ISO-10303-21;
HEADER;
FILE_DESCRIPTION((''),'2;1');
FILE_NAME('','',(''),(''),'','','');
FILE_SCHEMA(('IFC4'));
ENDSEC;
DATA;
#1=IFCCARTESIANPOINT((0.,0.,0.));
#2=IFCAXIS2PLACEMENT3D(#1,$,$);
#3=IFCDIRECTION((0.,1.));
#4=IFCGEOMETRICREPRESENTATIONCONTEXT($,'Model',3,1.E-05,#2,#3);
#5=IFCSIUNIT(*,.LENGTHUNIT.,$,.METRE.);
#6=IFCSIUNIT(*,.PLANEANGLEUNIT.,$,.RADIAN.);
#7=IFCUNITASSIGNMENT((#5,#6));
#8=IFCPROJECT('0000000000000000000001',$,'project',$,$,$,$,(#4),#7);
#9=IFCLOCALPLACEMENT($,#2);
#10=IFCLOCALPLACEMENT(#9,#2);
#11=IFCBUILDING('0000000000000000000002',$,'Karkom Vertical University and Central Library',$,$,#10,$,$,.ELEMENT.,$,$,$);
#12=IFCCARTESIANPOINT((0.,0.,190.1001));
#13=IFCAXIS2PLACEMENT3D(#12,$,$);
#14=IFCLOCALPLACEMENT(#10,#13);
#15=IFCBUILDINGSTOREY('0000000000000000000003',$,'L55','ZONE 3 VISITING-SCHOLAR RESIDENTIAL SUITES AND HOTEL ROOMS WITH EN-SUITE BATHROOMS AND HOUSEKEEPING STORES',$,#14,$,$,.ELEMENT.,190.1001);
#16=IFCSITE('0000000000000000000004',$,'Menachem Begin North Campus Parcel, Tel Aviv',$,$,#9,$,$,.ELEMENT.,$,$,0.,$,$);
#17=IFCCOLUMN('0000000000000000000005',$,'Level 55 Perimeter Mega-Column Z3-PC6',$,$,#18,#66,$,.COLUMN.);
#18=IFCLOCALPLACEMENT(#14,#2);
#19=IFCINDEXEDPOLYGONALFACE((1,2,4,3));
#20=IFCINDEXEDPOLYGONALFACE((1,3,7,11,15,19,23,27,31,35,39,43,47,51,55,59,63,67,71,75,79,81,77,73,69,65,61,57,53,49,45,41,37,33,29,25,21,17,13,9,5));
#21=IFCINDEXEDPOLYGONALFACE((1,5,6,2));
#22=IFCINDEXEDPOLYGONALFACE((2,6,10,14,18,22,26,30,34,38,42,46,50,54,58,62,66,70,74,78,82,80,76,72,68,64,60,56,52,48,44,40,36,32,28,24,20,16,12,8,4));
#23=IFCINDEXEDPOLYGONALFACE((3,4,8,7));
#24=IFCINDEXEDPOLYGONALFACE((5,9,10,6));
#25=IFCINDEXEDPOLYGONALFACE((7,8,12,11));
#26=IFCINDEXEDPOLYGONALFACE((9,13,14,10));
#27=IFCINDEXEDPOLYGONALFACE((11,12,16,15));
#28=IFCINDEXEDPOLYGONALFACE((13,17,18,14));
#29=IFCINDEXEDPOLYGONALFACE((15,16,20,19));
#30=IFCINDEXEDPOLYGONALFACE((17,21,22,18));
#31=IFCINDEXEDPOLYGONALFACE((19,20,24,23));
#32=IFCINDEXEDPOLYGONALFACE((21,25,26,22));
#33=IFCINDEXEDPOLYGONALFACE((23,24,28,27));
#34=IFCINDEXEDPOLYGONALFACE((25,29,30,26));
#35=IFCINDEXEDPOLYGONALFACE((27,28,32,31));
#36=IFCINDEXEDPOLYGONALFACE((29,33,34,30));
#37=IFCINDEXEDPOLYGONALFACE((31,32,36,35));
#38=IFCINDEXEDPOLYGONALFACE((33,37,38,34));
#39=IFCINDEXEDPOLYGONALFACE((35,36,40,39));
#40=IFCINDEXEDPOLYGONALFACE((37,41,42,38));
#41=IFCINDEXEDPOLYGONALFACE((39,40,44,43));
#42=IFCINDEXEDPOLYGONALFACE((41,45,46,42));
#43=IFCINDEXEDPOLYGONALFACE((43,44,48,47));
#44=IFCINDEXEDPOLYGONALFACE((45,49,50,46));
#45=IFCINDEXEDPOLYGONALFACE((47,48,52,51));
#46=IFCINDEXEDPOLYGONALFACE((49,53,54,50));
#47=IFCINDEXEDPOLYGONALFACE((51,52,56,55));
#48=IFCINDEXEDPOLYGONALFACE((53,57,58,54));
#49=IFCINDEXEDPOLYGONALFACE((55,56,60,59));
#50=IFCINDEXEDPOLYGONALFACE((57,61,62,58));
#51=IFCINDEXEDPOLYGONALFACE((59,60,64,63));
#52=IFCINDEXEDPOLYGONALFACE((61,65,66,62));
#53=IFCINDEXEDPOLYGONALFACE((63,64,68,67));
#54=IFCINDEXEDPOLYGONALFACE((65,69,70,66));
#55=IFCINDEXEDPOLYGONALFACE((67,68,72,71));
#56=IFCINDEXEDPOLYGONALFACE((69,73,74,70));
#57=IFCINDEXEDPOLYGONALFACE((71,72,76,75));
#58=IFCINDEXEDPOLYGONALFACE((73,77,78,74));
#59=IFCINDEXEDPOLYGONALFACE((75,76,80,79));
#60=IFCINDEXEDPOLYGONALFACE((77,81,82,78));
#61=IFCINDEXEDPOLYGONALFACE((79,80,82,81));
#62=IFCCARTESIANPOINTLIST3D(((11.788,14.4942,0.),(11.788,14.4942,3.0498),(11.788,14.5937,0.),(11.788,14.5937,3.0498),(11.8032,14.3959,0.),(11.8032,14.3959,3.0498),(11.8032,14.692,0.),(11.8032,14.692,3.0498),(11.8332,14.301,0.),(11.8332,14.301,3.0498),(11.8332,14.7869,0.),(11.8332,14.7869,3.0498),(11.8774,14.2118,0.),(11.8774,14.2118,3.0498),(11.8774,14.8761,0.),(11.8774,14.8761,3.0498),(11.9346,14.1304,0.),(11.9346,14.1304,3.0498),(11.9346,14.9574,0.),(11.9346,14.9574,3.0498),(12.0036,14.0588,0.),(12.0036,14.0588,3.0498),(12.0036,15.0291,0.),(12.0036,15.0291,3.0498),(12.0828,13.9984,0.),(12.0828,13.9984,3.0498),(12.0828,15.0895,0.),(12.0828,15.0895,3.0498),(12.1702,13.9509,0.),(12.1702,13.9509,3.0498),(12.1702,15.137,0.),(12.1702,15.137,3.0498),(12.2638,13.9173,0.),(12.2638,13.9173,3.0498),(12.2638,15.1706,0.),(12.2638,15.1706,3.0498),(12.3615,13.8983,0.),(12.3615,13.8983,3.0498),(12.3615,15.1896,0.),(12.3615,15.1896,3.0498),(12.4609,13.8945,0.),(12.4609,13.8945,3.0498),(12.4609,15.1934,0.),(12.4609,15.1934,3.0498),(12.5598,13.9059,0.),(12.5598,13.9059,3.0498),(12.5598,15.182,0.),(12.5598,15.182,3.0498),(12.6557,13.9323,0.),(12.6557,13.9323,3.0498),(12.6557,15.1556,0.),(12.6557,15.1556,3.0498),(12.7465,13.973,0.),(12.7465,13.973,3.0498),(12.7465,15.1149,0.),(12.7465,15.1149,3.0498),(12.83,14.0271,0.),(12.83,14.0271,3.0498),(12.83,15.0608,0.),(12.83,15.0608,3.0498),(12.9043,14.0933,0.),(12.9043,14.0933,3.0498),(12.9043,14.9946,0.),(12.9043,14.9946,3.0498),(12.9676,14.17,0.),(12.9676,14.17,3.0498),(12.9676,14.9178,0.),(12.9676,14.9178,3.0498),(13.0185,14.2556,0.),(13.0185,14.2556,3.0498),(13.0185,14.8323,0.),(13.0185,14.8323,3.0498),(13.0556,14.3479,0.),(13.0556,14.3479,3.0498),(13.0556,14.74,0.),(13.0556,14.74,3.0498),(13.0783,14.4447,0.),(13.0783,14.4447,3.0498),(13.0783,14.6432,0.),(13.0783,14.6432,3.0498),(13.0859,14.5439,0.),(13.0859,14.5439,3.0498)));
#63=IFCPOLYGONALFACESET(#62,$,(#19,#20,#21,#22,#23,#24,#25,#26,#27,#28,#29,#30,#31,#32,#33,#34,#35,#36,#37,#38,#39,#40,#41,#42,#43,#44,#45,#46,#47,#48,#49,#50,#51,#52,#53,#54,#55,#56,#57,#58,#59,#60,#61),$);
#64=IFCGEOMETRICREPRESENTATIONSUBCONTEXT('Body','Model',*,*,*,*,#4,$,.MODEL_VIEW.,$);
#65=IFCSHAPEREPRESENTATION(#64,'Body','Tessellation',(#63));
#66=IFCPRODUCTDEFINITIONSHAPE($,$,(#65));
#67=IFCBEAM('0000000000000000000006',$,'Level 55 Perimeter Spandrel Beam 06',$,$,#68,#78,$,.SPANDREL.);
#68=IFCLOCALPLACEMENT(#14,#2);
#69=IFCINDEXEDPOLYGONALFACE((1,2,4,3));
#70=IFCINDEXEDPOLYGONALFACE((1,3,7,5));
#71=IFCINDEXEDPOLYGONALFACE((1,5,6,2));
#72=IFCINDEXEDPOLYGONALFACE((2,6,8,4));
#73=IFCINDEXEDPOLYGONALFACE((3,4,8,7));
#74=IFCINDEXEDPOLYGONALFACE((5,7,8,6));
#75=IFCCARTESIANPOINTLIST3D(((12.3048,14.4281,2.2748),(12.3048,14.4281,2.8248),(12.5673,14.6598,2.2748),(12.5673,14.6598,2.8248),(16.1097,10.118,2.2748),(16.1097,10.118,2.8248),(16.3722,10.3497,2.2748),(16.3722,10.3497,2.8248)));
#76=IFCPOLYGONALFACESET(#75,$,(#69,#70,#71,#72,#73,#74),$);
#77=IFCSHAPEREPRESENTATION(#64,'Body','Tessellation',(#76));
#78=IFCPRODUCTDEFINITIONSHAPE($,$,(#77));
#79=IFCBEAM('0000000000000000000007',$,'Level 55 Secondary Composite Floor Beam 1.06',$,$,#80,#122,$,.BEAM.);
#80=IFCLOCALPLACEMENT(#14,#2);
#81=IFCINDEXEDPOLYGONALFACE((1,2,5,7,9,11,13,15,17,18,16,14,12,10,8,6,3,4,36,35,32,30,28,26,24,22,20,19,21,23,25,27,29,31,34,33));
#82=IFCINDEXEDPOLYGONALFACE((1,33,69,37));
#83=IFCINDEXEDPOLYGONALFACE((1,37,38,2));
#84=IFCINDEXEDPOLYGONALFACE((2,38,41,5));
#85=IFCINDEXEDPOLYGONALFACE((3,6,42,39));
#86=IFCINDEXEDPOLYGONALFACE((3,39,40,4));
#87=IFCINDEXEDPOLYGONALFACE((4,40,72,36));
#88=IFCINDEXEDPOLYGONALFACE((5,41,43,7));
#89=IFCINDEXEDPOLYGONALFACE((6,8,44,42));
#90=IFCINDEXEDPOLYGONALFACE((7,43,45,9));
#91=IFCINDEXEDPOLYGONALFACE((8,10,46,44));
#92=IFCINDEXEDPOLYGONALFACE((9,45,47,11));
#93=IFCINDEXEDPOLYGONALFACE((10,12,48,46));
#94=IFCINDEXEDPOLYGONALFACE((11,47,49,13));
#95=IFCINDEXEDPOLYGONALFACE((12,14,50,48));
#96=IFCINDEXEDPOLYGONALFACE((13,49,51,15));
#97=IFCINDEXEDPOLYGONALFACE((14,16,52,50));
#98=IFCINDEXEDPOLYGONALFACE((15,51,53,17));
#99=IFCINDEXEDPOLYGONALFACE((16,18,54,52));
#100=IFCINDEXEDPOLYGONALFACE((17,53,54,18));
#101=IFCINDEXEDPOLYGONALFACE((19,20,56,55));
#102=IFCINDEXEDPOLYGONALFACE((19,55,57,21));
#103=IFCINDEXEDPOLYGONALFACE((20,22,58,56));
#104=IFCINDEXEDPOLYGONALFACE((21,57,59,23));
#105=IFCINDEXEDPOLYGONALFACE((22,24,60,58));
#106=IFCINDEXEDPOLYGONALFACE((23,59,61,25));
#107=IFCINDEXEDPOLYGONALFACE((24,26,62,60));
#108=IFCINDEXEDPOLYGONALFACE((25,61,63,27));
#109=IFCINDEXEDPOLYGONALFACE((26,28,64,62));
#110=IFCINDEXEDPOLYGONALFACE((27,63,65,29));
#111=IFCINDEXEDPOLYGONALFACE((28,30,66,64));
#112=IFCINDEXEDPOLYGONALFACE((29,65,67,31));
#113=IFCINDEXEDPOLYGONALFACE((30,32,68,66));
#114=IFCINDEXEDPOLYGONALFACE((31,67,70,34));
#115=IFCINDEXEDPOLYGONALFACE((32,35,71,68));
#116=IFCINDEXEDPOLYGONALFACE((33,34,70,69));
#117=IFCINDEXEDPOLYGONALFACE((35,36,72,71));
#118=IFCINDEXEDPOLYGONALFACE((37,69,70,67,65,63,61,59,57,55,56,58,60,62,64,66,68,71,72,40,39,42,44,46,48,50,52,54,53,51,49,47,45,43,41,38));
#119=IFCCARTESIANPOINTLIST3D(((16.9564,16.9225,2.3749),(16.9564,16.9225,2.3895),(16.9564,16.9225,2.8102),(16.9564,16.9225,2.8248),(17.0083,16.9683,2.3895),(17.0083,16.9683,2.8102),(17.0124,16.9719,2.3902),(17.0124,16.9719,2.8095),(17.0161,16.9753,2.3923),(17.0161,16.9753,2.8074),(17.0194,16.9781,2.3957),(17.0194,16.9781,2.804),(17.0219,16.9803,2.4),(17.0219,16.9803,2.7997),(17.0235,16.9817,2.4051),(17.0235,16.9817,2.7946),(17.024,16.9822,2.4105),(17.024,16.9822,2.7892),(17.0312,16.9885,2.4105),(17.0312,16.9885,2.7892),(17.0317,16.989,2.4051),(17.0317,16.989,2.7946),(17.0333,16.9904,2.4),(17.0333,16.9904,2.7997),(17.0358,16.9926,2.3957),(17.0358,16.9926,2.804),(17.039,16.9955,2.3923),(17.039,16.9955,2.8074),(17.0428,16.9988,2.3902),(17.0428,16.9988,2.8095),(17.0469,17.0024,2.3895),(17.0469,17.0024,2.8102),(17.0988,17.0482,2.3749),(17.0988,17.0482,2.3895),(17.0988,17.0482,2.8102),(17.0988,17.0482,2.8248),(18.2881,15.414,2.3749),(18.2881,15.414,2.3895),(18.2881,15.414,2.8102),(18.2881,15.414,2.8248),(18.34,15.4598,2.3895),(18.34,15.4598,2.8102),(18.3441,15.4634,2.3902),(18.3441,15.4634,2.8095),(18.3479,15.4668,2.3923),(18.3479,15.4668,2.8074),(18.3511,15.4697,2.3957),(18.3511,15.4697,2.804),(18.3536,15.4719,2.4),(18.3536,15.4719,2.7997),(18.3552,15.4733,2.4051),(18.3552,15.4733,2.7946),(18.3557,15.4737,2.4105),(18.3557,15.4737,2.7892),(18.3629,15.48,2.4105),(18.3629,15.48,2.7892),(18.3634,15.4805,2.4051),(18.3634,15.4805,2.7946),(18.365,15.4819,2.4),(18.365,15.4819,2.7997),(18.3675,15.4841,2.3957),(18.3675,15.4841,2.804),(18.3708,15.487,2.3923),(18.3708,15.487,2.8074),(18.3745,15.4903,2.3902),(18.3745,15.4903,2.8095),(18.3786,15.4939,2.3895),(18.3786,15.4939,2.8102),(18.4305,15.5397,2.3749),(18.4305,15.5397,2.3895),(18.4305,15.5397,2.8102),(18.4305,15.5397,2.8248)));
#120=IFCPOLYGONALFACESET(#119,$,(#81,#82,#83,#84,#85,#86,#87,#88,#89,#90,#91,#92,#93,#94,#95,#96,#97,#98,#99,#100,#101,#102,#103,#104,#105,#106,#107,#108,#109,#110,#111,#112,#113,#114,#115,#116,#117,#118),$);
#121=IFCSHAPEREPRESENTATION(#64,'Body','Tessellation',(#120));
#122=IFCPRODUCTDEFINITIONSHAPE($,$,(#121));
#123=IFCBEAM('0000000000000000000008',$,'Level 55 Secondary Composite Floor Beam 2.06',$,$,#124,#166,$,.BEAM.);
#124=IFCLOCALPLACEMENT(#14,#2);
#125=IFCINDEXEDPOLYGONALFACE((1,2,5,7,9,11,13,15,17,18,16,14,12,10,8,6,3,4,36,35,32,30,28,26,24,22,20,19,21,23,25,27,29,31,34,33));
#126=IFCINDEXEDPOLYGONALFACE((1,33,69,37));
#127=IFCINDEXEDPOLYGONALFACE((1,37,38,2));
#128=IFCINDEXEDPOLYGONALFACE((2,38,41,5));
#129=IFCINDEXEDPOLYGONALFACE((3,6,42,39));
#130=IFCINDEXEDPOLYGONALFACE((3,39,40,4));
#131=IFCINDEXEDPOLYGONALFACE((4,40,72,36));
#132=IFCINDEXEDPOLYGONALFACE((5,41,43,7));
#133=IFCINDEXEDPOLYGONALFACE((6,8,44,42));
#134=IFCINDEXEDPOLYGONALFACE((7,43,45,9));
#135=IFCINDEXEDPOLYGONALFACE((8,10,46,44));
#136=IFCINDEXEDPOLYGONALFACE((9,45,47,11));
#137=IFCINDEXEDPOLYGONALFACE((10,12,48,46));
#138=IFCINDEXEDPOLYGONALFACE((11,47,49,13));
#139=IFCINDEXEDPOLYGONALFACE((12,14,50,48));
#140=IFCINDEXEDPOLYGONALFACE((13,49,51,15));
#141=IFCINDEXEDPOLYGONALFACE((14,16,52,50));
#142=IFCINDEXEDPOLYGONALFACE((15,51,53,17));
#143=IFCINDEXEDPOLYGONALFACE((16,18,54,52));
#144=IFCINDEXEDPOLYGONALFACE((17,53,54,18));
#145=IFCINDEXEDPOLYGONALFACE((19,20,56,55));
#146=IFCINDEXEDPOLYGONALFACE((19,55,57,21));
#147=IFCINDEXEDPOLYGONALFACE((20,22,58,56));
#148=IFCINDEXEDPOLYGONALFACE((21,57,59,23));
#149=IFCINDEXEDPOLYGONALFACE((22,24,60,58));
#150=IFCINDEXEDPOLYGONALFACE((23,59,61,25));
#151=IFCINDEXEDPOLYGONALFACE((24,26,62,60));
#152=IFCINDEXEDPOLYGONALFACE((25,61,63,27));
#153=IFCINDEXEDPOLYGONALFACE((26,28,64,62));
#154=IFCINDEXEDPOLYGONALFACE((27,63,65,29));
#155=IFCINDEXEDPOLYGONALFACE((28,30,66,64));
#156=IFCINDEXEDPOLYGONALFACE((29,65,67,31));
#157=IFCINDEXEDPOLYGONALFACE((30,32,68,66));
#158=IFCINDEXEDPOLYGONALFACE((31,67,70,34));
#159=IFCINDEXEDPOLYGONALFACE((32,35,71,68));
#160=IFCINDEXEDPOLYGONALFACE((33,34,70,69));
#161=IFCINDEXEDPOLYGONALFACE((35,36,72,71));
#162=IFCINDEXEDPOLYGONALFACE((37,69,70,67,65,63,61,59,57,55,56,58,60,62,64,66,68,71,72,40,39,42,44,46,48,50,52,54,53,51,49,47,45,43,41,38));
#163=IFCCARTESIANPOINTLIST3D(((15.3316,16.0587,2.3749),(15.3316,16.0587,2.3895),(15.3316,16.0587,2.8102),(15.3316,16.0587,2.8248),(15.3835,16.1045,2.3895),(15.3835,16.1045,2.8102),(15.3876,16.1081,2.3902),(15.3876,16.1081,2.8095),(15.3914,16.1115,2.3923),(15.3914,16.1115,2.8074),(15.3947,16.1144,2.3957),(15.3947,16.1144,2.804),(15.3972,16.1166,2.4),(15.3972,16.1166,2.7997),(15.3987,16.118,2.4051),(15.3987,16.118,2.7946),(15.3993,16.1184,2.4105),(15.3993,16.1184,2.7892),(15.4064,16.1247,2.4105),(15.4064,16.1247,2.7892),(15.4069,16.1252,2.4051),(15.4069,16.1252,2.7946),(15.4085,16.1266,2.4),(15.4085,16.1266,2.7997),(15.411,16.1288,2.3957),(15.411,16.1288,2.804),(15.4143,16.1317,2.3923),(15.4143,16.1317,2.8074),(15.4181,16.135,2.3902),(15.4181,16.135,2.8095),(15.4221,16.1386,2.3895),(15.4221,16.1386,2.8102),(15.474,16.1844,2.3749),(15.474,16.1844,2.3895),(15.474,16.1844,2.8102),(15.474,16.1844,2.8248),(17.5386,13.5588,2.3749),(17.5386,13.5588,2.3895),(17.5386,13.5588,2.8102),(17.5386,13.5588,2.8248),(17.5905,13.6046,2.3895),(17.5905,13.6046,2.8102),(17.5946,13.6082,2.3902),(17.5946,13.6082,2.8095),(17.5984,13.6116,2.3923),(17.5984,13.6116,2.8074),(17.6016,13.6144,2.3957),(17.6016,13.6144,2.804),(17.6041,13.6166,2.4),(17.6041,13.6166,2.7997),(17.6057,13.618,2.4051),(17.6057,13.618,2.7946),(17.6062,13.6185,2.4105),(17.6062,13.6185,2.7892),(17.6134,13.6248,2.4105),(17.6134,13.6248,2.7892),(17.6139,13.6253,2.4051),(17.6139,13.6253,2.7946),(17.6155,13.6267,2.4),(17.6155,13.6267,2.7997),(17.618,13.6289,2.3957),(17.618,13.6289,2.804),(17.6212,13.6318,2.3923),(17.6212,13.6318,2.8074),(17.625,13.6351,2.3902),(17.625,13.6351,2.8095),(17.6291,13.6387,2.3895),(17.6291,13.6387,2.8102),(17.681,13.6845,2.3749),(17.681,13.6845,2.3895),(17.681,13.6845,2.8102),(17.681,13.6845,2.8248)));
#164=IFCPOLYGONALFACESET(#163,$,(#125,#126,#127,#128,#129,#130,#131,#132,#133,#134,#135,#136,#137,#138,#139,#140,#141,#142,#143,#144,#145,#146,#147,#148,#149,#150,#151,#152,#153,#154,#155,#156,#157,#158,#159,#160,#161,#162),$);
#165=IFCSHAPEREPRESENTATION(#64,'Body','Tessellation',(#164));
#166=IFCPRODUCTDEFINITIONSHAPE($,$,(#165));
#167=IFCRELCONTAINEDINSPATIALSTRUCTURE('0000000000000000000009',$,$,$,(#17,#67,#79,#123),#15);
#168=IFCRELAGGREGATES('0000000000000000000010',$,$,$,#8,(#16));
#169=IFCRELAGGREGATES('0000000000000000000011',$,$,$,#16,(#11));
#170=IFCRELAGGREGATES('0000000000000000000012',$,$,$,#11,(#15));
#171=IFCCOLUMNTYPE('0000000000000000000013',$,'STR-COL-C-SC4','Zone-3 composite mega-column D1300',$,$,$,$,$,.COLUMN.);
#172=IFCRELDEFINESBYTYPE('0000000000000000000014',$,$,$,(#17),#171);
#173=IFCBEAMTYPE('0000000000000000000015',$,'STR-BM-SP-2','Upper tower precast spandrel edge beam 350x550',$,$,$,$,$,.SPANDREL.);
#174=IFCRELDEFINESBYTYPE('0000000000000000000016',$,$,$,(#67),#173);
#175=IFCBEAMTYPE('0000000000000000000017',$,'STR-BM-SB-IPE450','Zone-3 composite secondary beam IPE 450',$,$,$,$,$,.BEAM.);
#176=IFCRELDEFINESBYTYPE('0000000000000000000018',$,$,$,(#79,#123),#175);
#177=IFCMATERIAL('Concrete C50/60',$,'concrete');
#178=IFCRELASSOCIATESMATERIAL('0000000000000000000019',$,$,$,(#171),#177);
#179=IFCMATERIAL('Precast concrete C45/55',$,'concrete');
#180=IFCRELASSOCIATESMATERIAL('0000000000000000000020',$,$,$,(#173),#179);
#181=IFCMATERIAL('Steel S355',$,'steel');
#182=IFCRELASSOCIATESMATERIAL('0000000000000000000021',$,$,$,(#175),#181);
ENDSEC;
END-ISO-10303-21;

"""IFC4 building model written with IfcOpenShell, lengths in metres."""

from ifc_helpers import new_model, si_unit, direction, frame, origin, origin_with_axes, origin_2d, place, context, subcontext, project, spatial, rectangle, circle, i_section, extrude, source, transform, mapped, material, material_profile, profile_set, type_object, element, save


model = new_model("IFC4")

# Units and contexts
model_context = context("Model", 3, precision=1e-05, world=origin(), true_north=direction((0.0, 1.0)))
body_context = subcontext(model_context, "Body", "Model", "MODEL_VIEW")
ifc_project = project(units=[si_unit("LENGTHUNIT", "METRE"), si_unit("PLANEANGLEUNIT", "RADIAN")], contexts=[model_context])

# Site, building, storey
site_placement = place(None, origin())
site = spatial("IfcSite", under=ifc_project, at=site_placement, Name="Menachem Begin North Campus Parcel, Tel Aviv", CompositionType="ELEMENT", RefElevation=0.0)
building_placement = place(site_placement, origin())
building = spatial("IfcBuilding", under=site, at=building_placement, Name="Karkom Vertical University and Central Library", CompositionType="ELEMENT")
storey_placement = place(building_placement, frame((0.0, 0.0, 190.1001)))
storey = spatial("IfcBuildingStorey", under=building, at=storey_placement, Name="L55", Description="ZONE 3 VISITING-SCHOLAR RESIDENTIAL SUITES AND HOTEL ROOMS WITH EN-SUITE BATHROOMS AND HOUSEKEEPING STORES", CompositionType="ELEMENT", Elevation=190.1001)

# Column
ifc_material_1 = material(Name="Concrete C50/60", Category="concrete")
ifc_material_profile_1 = material_profile(ifc_material_1, circle(Radius=0.6499, at=origin_2d()), Name="CFT-D1300")
ifc_profile_set_1 = profile_set([ifc_material_profile_1], Name="Concrete C50/60")
column_type = type_object("IfcColumnType", Name="STR-COL-C-SC4", Description="Zone-3 composite mega-column D1300", PredefinedType="COLUMN", material=ifc_profile_set_1)
shared_shape_1 = source(origin_with_axes(), body_context, "Body", "SweptSolid", [
    extrude(circle(Radius=0.6499, at=origin_2d()), origin(), (0.0, 0.0, 1.0), 3.0498),
])
column_placement = place(storey_placement, frame((12.436, 14.5439, 0.0), z_axis=(0.0, 0.0, 1.0), x_axis=(1.0, 0.0, 0.0)))
element("IfcColumn", 1, at=column_placement, inside=storey, type_object=column_type, Name="Level 55 Perimeter Mega-Column Z3-PC6", PredefinedType="COLUMN", context=body_context, shape_type="MappedRepresentation", body=[
    mapped(shared_shape_1, transform((0.0, 0.0, 0.0), scale=1.0)),
])

# Beams
ifc_material_2 = material(Name="Precast concrete C45/55", Category="concrete")
ifc_material_profile_2 = material_profile(ifc_material_2, rectangle(XDim=0.3501, YDim=0.55, at=origin_2d()), Name="SPB-350x550")
ifc_profile_set_2 = profile_set([ifc_material_profile_2], Name="Precast concrete C45/55")
beam_type_1 = type_object("IfcBeamType", Name="STR-BM-SP-2", Description="Upper tower precast spandrel edge beam 350x550", PredefinedType="SPANDREL", material=ifc_profile_set_2)
shared_shape_2 = source(origin_with_axes(), body_context, "Body", "SweptSolid", [
    extrude(rectangle(XDim=0.3501, YDim=0.55, at=origin_2d()), origin(), (0.0, 0.0, 1.0), 5.7493),
])
beam_1_placement = place(storey_placement, frame((12.436, 14.5439, 2.5498), z_axis=(0.661811, -0.749671, 0.0), x_axis=(0.749671, 0.661811, 0.0)))
element("IfcBeam", 2, at=beam_1_placement, inside=storey, type_object=beam_type_1, Name="Level 55 Perimeter Spandrel Beam 06", PredefinedType="SPANDREL", context=body_context, shape_type="MappedRepresentation", body=[
    mapped(shared_shape_2, transform((0.0, 0.0, 0.0), scale=1.0)),
])
ifc_material_3 = material(Name="Steel S355", Category="steel")
ifc_material_profile_3 = material_profile(ifc_material_3, i_section(OverallWidth=0.1899, OverallDepth=0.45, WebThickness=0.0095, FlangeThickness=0.0146, FilletRadius=0.021, at=origin_2d()), Name="IPE 450")
ifc_profile_set_3 = profile_set([ifc_material_profile_3], Name="Steel S355")
beam_type_2 = type_object("IfcBeamType", Name="STR-BM-SB-IPE450", Description="Zone-3 composite secondary beam IPE 450", PredefinedType="BEAM", material=ifc_profile_set_3)
shared_shape_3 = source(origin_with_axes(), body_context, "Body", "SweptSolid", [
    extrude(i_section(OverallWidth=0.1899, OverallDepth=0.45, WebThickness=0.0095, FlangeThickness=0.0146, FilletRadius=0.021, at=origin_2d()), origin(), (0.0, 0.0, 1.0), 2.0122),
])
beam_2_placement = place(storey_placement, frame((17.0276, 16.9854, 2.5999), z_axis=(0.661822, -0.749661, 0.0), x_axis=(0.749661, 0.661822, 0.0)))
element("IfcBeam", 3, at=beam_2_placement, inside=storey, type_object=beam_type_2, Name="Level 55 Secondary Composite Floor Beam 1.06", PredefinedType="BEAM", context=body_context, shape_type="MappedRepresentation", body=[
    mapped(shared_shape_3, transform((0.0, 0.0, 0.0), scale=1.0)),
])
shared_shape_4 = source(origin_with_axes(), body_context, "Body", "SweptSolid", [
    extrude(i_section(OverallWidth=0.1899, OverallDepth=0.45, WebThickness=0.0095, FlangeThickness=0.0146, FilletRadius=0.021, at=origin_2d()), origin(), (0.0, 0.0, 1.0), 3.3347),
])
beam_3_placement = place(storey_placement, frame((15.4028, 16.1216, 2.5999), z_axis=(0.661815, -0.749667, 0.0), x_axis=(0.749667, 0.661815, 0.0)))
element("IfcBeam", 4, at=beam_3_placement, inside=storey, type_object=beam_type_2, Name="Level 55 Secondary Composite Floor Beam 2.06", PredefinedType="BEAM", context=body_context, shape_type="MappedRepresentation", body=[
    mapped(shared_shape_4, transform((0.0, 0.0, 0.0), scale=1.0)),
])

save(model, "model.ifc")
